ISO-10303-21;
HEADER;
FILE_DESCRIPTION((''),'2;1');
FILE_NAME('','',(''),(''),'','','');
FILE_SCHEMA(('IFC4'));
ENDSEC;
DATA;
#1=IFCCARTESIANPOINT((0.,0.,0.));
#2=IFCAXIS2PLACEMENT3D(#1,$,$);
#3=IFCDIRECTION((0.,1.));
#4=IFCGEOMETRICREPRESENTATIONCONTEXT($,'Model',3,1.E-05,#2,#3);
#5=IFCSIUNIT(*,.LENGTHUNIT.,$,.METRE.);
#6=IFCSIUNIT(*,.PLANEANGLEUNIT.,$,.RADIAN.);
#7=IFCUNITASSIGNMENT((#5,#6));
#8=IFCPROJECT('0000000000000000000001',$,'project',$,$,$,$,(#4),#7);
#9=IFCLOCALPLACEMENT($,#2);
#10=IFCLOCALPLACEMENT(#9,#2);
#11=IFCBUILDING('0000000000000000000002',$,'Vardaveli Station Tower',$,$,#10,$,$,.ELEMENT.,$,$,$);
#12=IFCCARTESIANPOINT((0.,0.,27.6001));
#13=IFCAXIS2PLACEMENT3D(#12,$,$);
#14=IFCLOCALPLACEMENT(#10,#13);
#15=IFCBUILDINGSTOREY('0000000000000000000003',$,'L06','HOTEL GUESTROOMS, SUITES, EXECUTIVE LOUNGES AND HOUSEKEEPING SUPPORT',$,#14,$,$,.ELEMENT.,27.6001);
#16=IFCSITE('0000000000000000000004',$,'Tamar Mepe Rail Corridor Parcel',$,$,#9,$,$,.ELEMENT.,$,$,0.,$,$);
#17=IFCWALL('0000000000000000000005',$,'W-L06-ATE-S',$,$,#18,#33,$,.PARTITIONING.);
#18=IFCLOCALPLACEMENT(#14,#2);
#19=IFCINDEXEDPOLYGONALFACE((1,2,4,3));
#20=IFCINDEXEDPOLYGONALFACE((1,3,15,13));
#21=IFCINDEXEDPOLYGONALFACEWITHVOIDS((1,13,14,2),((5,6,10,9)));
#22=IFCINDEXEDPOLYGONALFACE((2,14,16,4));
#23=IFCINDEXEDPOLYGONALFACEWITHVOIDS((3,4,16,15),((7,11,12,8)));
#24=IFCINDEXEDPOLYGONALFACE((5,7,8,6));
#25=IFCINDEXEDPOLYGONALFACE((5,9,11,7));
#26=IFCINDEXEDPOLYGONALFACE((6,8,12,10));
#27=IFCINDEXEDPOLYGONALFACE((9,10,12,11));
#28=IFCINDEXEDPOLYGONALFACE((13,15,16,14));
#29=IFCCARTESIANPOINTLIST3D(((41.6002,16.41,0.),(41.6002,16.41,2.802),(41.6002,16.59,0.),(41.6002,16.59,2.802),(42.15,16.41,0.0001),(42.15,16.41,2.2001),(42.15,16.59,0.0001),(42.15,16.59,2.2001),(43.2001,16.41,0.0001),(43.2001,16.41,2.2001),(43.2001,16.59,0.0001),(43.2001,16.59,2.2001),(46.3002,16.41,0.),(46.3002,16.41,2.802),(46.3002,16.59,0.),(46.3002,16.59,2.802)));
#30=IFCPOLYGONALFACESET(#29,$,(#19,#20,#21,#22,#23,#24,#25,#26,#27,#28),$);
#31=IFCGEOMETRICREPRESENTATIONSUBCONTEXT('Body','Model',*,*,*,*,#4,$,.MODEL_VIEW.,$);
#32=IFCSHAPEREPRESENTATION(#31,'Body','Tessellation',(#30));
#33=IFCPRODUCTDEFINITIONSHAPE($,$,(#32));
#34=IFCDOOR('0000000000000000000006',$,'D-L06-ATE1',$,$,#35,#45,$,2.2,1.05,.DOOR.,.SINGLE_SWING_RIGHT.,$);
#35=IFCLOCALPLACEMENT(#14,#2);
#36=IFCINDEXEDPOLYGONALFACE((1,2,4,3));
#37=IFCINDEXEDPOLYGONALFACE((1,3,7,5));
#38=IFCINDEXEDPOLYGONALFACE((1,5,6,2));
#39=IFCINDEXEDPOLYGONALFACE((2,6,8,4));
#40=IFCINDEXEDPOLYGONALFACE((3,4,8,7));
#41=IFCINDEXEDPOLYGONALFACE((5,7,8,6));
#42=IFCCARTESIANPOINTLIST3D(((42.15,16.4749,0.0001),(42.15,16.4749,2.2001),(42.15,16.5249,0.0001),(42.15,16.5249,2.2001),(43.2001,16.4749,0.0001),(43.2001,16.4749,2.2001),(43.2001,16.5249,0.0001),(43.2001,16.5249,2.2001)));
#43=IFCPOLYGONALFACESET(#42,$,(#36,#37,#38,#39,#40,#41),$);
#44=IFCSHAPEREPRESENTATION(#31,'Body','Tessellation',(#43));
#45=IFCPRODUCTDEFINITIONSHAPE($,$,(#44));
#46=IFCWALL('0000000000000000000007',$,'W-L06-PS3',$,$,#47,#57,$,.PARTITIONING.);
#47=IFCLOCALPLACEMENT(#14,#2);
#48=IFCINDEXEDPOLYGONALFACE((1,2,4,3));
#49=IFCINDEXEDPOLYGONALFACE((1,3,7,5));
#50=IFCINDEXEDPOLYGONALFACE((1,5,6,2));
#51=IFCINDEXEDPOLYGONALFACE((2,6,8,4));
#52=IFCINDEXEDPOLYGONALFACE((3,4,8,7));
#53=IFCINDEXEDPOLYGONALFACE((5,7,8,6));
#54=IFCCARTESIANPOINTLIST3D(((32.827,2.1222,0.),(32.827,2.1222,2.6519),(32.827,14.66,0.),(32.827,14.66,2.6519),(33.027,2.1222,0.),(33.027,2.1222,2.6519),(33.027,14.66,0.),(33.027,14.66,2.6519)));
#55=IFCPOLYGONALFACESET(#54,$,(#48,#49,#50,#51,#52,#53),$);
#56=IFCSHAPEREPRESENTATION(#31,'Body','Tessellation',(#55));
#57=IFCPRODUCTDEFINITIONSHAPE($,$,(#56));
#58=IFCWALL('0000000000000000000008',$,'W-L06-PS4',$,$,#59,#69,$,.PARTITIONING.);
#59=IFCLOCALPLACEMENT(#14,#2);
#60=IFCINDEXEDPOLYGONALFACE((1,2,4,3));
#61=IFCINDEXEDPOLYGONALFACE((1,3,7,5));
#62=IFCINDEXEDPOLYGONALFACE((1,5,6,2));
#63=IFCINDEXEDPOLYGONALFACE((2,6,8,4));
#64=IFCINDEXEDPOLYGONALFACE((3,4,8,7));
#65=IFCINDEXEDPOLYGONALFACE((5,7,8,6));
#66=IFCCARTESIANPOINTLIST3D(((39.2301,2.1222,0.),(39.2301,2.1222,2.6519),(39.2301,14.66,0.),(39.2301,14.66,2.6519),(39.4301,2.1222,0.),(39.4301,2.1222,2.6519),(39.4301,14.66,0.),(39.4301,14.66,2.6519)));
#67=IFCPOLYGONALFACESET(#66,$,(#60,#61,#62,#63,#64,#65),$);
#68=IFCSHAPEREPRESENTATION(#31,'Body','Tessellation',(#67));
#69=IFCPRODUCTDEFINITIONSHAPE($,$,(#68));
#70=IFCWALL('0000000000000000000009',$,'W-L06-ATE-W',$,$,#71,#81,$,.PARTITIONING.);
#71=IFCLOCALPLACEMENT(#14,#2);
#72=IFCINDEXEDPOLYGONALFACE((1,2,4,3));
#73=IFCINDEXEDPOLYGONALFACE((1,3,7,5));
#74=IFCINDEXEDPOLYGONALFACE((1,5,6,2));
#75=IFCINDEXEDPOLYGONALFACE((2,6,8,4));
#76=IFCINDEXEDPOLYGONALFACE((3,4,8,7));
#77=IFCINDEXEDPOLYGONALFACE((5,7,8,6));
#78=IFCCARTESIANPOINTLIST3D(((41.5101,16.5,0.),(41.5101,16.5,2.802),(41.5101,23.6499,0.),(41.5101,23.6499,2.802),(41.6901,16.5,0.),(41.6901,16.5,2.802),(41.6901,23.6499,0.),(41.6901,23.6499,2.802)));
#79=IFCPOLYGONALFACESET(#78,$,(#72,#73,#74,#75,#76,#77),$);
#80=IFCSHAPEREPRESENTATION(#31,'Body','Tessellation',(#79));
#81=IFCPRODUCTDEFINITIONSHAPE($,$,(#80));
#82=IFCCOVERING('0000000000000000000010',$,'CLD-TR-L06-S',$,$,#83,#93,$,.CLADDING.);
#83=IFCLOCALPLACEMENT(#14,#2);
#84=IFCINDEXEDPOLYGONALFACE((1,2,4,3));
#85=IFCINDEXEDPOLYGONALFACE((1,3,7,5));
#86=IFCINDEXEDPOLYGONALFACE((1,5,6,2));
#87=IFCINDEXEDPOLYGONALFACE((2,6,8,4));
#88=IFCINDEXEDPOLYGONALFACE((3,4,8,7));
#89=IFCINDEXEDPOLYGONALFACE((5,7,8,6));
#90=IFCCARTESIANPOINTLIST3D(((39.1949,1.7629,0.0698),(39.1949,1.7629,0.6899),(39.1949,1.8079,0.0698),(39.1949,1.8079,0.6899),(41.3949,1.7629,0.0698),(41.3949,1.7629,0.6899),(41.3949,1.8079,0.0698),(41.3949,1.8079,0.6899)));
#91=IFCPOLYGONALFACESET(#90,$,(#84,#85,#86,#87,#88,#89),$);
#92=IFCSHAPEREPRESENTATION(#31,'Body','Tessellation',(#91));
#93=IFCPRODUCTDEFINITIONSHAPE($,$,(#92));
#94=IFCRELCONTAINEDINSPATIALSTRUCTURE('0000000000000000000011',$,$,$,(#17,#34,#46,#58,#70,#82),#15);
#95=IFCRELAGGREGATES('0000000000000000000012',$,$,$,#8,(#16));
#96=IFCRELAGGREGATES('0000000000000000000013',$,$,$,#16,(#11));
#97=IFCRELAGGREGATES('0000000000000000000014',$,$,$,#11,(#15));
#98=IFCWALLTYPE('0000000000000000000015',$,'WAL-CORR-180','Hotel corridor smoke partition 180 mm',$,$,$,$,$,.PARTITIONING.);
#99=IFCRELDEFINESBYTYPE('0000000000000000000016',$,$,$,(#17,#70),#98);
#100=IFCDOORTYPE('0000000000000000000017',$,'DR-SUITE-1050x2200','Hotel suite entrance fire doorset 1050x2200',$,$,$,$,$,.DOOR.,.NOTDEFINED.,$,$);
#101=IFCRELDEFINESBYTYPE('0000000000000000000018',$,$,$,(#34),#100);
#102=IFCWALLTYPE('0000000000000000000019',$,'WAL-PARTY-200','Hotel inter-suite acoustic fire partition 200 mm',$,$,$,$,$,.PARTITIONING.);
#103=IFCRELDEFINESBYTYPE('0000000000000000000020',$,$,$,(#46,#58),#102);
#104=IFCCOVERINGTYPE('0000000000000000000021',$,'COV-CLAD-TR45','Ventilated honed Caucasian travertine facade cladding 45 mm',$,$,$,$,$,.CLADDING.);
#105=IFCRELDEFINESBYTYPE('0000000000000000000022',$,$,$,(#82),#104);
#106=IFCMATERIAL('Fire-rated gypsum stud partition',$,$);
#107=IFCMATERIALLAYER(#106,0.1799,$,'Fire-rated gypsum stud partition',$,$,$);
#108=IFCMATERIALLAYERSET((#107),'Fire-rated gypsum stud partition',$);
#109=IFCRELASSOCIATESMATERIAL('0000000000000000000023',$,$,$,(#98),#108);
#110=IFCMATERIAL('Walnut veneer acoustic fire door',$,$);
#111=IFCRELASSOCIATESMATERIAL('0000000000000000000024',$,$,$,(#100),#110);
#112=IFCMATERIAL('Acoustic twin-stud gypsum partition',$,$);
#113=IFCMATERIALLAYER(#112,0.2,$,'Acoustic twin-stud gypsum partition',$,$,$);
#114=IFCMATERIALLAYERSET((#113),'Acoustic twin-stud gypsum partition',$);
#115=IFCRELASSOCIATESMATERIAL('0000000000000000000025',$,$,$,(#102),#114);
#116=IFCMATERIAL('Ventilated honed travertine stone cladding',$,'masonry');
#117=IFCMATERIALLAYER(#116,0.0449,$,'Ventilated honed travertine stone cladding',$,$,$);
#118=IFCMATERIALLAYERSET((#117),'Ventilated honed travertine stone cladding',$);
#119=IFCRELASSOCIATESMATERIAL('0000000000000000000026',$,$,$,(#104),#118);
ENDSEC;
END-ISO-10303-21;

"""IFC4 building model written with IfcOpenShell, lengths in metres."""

from ifc_helpers import new_model, si_unit, direction, frame, frame_2d, origin, origin_2d, place, context, subcontext, project, spatial, rectangle, extrude, source, transform, mapped, material, layer, layer_set, type_object, element, fill, save


model = new_model("IFC4")

# Units and contexts
model_context = context("Model", 3, precision=1e-05, world=origin(), true_north=direction((0.0, 1.0)))
body_context = subcontext(model_context, "Body", "Model", "MODEL_VIEW")
ifc_project = project(units=[si_unit("LENGTHUNIT", "METRE"), si_unit("PLANEANGLEUNIT", "RADIAN")], contexts=[model_context])

# Site, building, storey
site_placement = place(None, origin())
site = spatial("IfcSite", under=ifc_project, at=site_placement, Name="Tamar Mepe Rail Corridor Parcel", CompositionType="ELEMENT", RefElevation=0.0)
building_placement = place(site_placement, origin())
building = spatial("IfcBuilding", under=site, at=building_placement, Name="Vardaveli Station Tower", CompositionType="ELEMENT")
storey_placement = place(building_placement, frame((0.0, 0.0, 27.6001)))
storey = spatial("IfcBuildingStorey", under=building, at=storey_placement, Name="L06", Description="HOTEL GUESTROOMS, SUITES, EXECUTIVE LOUNGES AND HOUSEKEEPING SUPPORT", CompositionType="ELEMENT", Elevation=27.6001)

# Wall, opening, door
ifc_material_1 = material(Name="Fire-rated gypsum stud partition")
ifc_layer_1 = layer(ifc_material_1, 0.1799, Name="Fire-rated gypsum stud partition")
ifc_layer_set_1 = layer_set([ifc_layer_1], Name="Fire-rated gypsum stud partition")
wall_type_1 = type_object("IfcWallType", Name="WAL-CORR-180", Description="Hotel corridor smoke partition 180 mm", PredefinedType="PARTITIONING", material=ifc_layer_set_1)
shared_shape_1 = source(origin(), body_context, "Body", "SweptSolid", [
    extrude(rectangle(XDim=4.7, YDim=0.1799, at=frame_2d((2.3501, 0.0))), origin(), (0.0, 0.0, 1.0), 2.802),
])
wall_1_placement = place(storey_placement, frame((41.6001, 16.5, 0.0), z_axis=(0.0, 0.0, 1.0), x_axis=(1.0, 0.0, 0.0)))
wall_1 = element("IfcWall", 1, at=wall_1_placement, inside=storey, type_object=wall_type_1, Name="W-L06-ATE-S", PredefinedType="PARTITIONING", context=body_context, shape_type="MappedRepresentation", body=[
    mapped(shared_shape_1, transform((0.0, 0.0, 0.0), scale=1.0)),
])
shared_shape_2 = source(origin(), body_context, "Body", "SweptSolid", [
    extrude(rectangle(XDim=1.05, YDim=2.2, at=frame_2d((0.5249, 1.1001))), frame((0.0, 0.1001, 0.0), z_axis=(0.0, -1.0, 0.0), x_axis=(1.0, 0.0, 0.0)), (0.0, 0.0, 1.0), 0.2),
])
opening_placement = place(wall_1_placement, frame((0.55, 0.0, 0.0)))
opening = element("IfcOpeningElement", 2, at=opening_placement, cuts=wall_1, PredefinedType="OPENING", context=body_context, shape_type="MappedRepresentation", body=[
    mapped(shared_shape_2, transform((0.0, 0.0, 0.0), scale=1.0)),
])
ifc_material_2 = material(Name="Walnut veneer acoustic fire door")
door_type = type_object("IfcDoorType", Name="DR-SUITE-1050x2200", Description="Hotel suite entrance fire doorset 1050x2200", OperationType="NOTDEFINED", PredefinedType="DOOR", material=ifc_material_2)
shared_shape_3 = source(origin(), body_context, "Body", "SweptSolid", [
    extrude(rectangle(XDim=1.05, YDim=2.2, at=frame_2d((0.5249, 1.1001))), frame((0.0, 0.0249, 0.0), z_axis=(0.0, -1.0, 0.0), x_axis=(1.0, 0.0, 0.0)), (0.0, 0.0, 1.0), 0.05),
])
door_placement = place(opening_placement, origin())
door = element("IfcDoor", 3, at=door_placement, inside=storey, type_object=door_type, Name="D-L06-ATE1", OperationType="SINGLE_SWING_RIGHT", OverallHeight=2.2, OverallWidth=1.05, PredefinedType="DOOR", context=body_context, shape_type="MappedRepresentation", body=[
    mapped(shared_shape_3, transform((0.0, 0.0, 0.0), scale=1.0)),
])
fill(opening, door)

# Walls
ifc_material_3 = material(Name="Acoustic twin-stud gypsum partition")
ifc_layer_2 = layer(ifc_material_3, 0.2, Name="Acoustic twin-stud gypsum partition")
ifc_layer_set_2 = layer_set([ifc_layer_2], Name="Acoustic twin-stud gypsum partition")
wall_type_2 = type_object("IfcWallType", Name="WAL-PARTY-200", Description="Hotel inter-suite acoustic fire partition 200 mm", PredefinedType="PARTITIONING", material=ifc_layer_set_2)
shared_shape_4 = source(origin(), body_context, "Body", "SweptSolid", [
    extrude(rectangle(XDim=12.5378, YDim=0.2, at=frame_2d((6.269, 0.0))), origin(), (0.0, 0.0, 1.0), 2.6519),
])
for number, where, z_axis, x_axis, name in (
    (4, (32.927, 2.1221, 0.0), (0.0, 0.0, 1.0), (0.0, 1.0, 0.0), "W-L06-PS3"),
    (5, (39.3301, 2.1221, 0.0), (0.0, 0.0, 1.0), (0.0, 1.0, 0.0), "W-L06-PS4"),
):
    element("IfcWall", number, at=place(storey_placement, frame(where, z_axis=z_axis, x_axis=x_axis)), inside=storey, type_object=wall_type_2, Name=name, PredefinedType="PARTITIONING", context=body_context, shape_type="MappedRepresentation", body=[
        mapped(shared_shape_4, transform((0.0, 0.0, 0.0), scale=1.0)),
    ])
shared_shape_5 = source(origin(), body_context, "Body", "SweptSolid", [
    extrude(rectangle(XDim=7.1499, YDim=0.1799, at=frame_2d((3.575, 0.0))), origin(), (0.0, 0.0, 1.0), 2.802),
])
wall_2_placement = place(storey_placement, frame((41.6001, 16.5, 0.0), z_axis=(0.0, 0.0, 1.0), x_axis=(0.0, 1.0, 0.0)))
element("IfcWall", 6, at=wall_2_placement, inside=storey, type_object=wall_type_1, Name="W-L06-ATE-W", PredefinedType="PARTITIONING", context=body_context, shape_type="MappedRepresentation", body=[
    mapped(shared_shape_5, transform((0.0, 0.0, 0.0), scale=1.0)),
])

# Covering
ifc_material_4 = material(Name="Ventilated honed travertine stone cladding", Category="masonry")
ifc_layer_3 = layer(ifc_material_4, 0.0449, Name="Ventilated honed travertine stone cladding")
ifc_layer_set_3 = layer_set([ifc_layer_3], Name="Ventilated honed travertine stone cladding")
covering_type = type_object("IfcCoveringType", Name="COV-CLAD-TR45", Description="Ventilated honed Caucasian travertine facade cladding 45 mm", PredefinedType="CLADDING", material=ifc_layer_set_3)
shared_shape_6 = source(origin(), body_context, "Body", "SweptSolid", [
    extrude(rectangle(XDim=2.2, YDim=0.0449, at=origin_2d()), origin(), (0.0, 0.0, 1.0), 0.6201),
])
covering_placement = place(storey_placement, frame((40.2949, 1.7854, 0.0698), z_axis=(0.0, 0.0, 1.0), x_axis=(1.0, 0.0, 0.0)))
element("IfcCovering", 7, at=covering_placement, inside=storey, type_object=covering_type, Name="CLD-TR-L06-S", PredefinedType="CLADDING", context=body_context, shape_type="MappedRepresentation", body=[
    mapped(shared_shape_6, transform((0.0, 0.0, 0.0), scale=1.0)),
])

save(model, "model.ifc")
